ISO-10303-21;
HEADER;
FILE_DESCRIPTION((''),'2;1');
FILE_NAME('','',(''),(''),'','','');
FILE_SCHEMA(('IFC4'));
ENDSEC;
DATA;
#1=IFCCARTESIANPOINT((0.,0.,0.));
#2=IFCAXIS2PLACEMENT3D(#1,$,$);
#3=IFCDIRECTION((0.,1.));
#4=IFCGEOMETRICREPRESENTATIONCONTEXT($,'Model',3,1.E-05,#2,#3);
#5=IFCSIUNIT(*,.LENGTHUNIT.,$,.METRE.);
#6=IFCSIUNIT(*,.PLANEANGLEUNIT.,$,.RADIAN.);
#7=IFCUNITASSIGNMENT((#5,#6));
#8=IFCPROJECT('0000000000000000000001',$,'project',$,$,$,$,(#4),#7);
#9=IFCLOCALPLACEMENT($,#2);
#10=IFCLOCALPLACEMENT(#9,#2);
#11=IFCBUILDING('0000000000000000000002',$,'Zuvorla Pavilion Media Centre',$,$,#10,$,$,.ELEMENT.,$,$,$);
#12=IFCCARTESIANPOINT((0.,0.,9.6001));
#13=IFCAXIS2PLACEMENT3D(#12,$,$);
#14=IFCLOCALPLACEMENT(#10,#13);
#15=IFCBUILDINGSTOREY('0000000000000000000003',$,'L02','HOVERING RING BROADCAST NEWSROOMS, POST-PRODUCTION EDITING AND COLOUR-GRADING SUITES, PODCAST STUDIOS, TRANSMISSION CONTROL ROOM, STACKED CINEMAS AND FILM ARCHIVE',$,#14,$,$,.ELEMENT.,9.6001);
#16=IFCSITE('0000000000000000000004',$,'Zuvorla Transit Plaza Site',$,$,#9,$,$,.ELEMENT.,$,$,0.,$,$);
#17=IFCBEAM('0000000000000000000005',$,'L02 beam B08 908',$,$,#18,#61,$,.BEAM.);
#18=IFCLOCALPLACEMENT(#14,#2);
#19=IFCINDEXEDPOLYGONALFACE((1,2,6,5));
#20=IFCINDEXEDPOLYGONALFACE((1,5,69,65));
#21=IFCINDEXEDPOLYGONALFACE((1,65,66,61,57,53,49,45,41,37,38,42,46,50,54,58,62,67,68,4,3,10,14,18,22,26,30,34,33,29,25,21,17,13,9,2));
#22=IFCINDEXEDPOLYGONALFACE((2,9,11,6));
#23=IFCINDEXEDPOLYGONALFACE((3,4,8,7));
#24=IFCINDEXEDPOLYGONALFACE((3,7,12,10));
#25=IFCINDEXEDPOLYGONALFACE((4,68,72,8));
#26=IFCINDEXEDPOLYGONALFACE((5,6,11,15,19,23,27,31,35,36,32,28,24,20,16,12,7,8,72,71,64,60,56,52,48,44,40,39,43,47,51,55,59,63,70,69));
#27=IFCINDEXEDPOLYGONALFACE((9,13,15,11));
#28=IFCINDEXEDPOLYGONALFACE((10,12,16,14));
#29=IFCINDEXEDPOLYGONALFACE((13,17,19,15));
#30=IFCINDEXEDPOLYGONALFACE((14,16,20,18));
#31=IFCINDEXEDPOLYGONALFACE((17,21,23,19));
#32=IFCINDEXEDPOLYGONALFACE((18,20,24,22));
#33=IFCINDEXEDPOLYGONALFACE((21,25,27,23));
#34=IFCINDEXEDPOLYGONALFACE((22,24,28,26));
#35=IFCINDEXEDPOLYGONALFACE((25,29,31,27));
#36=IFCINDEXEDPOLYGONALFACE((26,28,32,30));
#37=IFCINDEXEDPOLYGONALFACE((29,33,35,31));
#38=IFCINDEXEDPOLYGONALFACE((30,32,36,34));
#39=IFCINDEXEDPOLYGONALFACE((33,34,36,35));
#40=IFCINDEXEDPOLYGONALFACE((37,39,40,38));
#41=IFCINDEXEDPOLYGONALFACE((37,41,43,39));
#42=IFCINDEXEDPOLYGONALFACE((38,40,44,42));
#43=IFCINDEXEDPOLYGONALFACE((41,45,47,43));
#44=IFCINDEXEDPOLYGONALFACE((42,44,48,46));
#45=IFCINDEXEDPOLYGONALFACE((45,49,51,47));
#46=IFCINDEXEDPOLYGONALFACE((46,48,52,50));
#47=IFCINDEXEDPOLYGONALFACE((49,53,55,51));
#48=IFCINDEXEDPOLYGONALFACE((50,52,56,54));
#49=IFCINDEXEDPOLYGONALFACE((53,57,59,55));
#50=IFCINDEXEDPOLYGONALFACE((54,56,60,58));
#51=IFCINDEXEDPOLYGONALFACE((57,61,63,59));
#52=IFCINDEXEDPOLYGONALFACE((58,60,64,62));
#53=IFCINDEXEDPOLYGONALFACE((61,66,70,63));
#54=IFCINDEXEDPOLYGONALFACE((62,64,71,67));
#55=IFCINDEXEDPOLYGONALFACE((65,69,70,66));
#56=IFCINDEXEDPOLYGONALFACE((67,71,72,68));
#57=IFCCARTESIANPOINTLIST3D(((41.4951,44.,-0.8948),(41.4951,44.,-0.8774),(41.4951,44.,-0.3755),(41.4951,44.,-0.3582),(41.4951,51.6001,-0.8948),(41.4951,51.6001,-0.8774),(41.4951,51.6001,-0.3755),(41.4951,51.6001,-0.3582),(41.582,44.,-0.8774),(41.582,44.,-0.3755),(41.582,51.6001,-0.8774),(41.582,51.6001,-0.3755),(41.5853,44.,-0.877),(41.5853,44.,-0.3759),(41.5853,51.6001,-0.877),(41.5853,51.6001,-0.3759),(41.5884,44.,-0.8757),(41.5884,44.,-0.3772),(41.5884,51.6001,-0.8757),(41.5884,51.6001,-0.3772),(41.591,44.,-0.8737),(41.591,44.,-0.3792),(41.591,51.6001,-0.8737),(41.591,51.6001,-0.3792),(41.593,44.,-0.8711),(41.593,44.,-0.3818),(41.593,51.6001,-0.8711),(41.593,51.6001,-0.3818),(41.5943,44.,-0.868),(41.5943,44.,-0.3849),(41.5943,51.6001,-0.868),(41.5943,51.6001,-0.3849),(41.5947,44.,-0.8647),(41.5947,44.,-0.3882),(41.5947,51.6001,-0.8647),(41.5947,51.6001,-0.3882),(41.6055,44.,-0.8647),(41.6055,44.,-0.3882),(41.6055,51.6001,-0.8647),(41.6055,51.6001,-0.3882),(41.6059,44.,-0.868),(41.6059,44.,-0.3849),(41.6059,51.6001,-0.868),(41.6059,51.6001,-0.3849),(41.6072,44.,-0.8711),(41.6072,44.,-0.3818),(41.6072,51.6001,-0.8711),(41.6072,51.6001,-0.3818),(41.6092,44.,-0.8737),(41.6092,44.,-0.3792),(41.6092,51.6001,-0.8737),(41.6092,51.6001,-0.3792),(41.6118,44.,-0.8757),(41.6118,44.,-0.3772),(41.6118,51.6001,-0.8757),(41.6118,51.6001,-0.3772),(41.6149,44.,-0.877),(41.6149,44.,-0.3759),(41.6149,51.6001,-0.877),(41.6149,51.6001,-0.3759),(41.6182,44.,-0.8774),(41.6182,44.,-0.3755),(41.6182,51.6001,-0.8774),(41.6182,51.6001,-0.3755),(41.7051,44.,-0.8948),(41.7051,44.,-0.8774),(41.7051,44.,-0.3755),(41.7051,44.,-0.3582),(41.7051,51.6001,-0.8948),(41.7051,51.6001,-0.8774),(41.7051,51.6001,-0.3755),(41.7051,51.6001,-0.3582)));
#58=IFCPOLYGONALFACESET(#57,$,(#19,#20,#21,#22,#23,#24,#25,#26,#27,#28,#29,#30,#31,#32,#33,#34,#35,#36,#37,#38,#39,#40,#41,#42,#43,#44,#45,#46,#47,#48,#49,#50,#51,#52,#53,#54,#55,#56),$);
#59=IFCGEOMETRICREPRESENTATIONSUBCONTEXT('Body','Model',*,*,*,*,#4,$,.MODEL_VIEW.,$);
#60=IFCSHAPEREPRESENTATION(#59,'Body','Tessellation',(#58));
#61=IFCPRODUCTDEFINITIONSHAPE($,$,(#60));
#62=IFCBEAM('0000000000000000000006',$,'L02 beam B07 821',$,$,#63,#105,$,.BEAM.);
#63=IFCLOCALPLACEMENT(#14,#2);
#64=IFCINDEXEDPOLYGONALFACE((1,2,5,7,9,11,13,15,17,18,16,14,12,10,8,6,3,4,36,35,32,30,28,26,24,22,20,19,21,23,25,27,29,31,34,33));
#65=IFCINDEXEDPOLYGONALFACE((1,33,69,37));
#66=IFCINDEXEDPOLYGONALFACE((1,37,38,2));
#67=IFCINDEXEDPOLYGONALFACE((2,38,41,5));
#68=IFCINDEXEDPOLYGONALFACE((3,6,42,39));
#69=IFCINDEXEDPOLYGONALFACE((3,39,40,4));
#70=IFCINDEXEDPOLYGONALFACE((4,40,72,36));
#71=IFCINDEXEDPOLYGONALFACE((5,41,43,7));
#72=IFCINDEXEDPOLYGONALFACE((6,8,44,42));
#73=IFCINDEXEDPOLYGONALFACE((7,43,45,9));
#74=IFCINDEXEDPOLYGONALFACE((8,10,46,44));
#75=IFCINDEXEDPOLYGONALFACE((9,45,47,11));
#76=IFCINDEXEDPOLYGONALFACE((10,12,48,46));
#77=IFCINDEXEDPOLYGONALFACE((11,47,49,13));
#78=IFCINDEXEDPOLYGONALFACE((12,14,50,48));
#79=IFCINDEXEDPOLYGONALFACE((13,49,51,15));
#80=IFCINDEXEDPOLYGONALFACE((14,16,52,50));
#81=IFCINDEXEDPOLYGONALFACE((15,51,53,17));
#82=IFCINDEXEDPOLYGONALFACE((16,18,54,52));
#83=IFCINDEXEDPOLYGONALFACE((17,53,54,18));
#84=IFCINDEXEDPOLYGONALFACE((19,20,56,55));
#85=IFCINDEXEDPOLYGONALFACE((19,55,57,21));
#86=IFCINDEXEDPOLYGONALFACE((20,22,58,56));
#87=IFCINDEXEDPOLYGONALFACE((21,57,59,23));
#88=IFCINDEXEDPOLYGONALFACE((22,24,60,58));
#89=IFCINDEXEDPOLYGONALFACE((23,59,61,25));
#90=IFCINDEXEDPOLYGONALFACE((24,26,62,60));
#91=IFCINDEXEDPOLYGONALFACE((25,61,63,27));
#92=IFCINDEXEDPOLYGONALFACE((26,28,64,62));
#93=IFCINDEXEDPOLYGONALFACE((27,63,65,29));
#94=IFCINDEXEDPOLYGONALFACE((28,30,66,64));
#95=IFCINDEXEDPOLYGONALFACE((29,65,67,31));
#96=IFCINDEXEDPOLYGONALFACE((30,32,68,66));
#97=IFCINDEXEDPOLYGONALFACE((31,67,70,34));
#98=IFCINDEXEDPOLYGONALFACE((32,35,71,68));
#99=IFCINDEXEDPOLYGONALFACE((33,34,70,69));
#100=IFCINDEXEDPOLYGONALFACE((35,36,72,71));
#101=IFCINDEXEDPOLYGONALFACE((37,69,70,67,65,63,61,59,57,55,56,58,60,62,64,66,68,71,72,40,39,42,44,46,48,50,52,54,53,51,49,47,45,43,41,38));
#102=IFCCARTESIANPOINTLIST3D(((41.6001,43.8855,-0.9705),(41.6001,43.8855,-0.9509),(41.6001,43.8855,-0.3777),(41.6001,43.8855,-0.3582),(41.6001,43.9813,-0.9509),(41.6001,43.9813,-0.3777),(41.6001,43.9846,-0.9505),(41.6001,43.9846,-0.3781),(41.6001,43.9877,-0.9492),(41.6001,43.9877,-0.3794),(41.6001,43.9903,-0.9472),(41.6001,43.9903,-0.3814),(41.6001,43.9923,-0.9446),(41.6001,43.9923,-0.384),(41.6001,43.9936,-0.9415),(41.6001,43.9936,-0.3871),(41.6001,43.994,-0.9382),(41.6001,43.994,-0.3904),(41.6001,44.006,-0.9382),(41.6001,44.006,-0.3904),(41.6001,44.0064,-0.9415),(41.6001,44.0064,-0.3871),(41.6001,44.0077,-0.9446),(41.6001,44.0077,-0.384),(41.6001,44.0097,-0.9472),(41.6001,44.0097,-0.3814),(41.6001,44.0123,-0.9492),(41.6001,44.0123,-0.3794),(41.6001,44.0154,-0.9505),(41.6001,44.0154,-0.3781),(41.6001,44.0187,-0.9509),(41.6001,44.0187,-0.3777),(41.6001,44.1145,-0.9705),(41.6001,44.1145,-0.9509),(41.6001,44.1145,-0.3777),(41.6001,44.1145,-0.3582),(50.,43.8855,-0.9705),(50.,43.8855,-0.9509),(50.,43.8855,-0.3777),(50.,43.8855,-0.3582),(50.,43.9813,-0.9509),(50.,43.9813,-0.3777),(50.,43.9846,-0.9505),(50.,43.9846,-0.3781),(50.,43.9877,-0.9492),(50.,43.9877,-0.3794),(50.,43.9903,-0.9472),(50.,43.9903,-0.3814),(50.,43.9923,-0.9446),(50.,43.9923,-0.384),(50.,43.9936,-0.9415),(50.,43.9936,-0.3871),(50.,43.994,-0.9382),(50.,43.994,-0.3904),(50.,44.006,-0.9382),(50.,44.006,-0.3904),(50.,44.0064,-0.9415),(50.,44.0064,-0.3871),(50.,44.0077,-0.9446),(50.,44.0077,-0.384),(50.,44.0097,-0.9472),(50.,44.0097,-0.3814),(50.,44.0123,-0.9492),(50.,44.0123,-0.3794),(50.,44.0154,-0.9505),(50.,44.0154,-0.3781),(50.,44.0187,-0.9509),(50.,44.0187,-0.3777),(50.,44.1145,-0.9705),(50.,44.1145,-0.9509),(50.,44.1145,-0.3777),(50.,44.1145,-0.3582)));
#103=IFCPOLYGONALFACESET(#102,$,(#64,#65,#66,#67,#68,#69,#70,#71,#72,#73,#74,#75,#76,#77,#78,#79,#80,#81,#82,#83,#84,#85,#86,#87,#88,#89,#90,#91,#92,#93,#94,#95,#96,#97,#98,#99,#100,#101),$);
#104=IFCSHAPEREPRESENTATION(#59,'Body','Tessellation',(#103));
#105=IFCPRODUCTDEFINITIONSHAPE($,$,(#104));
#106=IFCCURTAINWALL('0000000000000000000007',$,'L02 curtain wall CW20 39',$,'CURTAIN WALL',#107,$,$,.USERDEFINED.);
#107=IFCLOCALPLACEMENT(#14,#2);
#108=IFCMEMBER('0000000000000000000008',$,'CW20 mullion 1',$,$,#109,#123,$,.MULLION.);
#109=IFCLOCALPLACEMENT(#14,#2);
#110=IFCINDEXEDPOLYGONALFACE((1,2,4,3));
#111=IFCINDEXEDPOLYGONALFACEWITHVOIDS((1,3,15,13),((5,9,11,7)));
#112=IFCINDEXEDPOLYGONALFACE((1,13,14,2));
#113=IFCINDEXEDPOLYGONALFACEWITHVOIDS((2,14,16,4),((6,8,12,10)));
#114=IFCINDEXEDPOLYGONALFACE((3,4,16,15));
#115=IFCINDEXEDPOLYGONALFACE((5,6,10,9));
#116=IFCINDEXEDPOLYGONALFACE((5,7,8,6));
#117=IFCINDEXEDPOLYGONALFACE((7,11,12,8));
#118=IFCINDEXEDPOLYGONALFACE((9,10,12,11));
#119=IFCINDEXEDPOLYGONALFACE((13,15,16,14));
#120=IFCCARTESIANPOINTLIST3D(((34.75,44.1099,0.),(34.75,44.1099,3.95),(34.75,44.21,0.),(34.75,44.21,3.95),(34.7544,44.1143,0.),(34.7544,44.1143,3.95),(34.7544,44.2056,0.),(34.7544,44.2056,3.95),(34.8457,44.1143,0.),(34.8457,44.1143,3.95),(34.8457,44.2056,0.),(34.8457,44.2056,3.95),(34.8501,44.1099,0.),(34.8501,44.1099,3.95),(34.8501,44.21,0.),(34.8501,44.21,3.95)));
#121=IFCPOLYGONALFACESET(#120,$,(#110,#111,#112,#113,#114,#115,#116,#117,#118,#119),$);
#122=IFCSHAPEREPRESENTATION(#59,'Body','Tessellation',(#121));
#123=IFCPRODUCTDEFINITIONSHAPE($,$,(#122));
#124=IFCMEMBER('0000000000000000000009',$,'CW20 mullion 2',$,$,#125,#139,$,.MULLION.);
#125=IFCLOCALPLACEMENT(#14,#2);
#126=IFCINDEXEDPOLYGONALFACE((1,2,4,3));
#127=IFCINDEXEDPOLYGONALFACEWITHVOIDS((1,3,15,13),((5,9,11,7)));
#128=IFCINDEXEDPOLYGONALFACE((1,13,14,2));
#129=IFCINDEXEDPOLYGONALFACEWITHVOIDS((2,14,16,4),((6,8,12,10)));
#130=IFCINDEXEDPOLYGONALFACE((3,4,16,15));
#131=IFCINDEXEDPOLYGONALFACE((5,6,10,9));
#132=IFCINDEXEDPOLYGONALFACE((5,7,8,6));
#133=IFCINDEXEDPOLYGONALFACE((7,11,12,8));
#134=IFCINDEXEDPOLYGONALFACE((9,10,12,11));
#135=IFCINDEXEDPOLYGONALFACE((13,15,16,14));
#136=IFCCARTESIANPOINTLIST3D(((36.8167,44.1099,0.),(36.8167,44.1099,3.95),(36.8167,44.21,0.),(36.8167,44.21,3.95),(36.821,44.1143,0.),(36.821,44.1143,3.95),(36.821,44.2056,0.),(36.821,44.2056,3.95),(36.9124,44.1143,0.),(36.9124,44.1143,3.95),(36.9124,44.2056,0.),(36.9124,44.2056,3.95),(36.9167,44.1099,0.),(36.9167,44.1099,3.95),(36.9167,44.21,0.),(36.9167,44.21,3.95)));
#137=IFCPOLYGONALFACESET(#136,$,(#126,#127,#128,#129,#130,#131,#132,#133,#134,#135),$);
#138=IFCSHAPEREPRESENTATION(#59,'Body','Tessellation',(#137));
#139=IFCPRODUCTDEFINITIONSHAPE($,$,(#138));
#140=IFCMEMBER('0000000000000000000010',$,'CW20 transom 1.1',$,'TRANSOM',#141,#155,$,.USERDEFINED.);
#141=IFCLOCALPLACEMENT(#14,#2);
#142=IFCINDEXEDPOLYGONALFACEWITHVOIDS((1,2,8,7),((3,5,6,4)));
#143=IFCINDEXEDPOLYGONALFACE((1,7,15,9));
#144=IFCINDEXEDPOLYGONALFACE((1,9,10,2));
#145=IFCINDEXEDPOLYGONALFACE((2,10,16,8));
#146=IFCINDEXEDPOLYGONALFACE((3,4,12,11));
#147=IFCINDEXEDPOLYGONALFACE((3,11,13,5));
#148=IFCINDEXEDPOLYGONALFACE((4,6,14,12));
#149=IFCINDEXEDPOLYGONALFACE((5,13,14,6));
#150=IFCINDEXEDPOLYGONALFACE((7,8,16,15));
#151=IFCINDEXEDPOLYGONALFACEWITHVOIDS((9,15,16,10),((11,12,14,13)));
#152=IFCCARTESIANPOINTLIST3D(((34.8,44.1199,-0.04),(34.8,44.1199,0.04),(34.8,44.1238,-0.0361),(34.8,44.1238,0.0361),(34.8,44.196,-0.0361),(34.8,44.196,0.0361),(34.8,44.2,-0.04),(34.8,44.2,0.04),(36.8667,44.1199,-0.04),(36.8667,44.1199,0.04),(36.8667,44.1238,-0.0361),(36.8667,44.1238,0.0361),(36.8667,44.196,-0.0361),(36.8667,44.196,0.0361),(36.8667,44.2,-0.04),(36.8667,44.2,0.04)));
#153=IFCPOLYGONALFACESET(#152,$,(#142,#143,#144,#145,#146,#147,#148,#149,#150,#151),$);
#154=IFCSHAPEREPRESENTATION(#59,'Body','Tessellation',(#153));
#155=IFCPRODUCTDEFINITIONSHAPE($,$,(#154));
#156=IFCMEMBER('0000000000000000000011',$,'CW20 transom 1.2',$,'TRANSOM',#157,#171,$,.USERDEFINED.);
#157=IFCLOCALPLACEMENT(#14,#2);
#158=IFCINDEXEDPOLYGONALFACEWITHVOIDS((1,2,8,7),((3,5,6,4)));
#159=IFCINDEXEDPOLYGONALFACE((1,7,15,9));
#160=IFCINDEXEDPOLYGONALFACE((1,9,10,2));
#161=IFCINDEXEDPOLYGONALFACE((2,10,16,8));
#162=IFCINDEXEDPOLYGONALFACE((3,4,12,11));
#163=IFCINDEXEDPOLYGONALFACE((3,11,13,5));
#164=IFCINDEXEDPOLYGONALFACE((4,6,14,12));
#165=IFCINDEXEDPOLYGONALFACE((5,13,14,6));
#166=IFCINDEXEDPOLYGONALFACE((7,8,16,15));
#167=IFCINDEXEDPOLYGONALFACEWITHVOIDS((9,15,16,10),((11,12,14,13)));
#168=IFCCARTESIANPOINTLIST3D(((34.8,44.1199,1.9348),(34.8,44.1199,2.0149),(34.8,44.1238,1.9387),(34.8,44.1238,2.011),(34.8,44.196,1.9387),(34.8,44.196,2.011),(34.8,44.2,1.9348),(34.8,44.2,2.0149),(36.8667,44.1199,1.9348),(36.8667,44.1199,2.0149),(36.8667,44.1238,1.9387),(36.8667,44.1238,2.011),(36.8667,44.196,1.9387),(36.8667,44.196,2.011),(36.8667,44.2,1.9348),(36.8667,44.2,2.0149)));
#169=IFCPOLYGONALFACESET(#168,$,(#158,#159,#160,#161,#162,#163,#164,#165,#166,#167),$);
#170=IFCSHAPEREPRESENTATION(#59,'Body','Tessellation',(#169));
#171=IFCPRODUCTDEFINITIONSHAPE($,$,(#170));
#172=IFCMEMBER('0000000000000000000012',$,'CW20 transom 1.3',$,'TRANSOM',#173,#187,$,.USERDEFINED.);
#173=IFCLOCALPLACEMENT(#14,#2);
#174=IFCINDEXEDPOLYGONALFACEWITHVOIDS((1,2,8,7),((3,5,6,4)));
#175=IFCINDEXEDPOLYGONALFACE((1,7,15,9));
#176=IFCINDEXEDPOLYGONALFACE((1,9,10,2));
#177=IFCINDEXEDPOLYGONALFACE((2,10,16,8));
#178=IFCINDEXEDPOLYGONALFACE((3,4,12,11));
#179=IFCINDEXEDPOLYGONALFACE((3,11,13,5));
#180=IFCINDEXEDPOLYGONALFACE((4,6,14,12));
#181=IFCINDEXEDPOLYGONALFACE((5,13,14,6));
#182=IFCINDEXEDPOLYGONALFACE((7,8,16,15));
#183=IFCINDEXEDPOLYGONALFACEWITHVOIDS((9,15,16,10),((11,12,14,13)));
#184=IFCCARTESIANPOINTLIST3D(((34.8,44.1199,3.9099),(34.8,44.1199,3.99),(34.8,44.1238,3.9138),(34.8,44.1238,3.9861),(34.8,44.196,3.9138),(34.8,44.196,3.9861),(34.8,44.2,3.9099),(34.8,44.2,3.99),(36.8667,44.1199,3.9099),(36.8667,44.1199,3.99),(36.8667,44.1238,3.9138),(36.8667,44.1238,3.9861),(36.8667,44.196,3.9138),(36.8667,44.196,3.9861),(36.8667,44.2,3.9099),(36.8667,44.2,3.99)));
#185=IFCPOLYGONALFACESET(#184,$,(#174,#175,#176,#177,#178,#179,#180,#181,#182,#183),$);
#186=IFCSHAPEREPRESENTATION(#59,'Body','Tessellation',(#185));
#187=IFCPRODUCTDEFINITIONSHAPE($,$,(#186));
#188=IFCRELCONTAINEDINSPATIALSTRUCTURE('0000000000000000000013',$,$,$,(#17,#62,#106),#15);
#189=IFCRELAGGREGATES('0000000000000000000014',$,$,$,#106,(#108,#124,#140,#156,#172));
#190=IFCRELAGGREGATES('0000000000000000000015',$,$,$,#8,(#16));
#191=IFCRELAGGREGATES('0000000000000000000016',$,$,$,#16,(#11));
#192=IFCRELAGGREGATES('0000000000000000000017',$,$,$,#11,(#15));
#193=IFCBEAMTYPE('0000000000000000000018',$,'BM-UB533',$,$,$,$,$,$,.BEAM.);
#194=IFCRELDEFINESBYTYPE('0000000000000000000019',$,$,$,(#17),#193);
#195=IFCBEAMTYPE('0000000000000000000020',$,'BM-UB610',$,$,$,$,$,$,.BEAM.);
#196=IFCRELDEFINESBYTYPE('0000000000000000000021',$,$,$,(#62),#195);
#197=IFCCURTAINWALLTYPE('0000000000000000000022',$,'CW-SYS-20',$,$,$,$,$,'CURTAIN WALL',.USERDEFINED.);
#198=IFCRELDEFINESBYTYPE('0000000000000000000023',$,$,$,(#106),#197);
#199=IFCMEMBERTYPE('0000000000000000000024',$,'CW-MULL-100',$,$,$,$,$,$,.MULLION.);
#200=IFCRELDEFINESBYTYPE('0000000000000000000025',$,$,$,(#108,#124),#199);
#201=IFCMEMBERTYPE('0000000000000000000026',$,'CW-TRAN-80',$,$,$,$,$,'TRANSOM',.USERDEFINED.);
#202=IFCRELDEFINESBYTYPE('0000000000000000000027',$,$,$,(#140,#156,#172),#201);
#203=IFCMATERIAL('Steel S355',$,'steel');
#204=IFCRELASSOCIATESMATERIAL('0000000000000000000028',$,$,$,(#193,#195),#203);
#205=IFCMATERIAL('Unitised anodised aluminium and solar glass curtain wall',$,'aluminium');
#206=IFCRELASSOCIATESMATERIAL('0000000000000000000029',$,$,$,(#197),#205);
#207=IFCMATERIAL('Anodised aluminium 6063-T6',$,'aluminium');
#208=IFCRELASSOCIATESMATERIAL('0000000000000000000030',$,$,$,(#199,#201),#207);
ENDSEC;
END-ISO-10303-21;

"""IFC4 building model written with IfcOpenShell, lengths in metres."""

from ifc_helpers import new_model, si_unit, direction, frame, origin, origin_2d, place, context, subcontext, project, spatial, hollow_rectangle, i_section, extrude, material, material_profile, profile_set, type_object, element, aggregate, save


model = new_model("IFC4")

# Units and contexts
model_context = context("Model", 3, precision=1e-05, world=origin(), true_north=direction((0.0, 1.0)))
body_context = subcontext(model_context, "Body", "Model", "MODEL_VIEW")
ifc_project = project(units=[si_unit("LENGTHUNIT", "METRE"), si_unit("PLANEANGLEUNIT", "RADIAN")], contexts=[model_context])

# Site, building, storey
site_placement = place(None, origin())
site = spatial("IfcSite", under=ifc_project, at=site_placement, Name="Zuvorla Transit Plaza Site", CompositionType="ELEMENT", RefElevation=0.0)
building_placement = place(site_placement, origin())
building = spatial("IfcBuilding", under=site, at=building_placement, Name="Zuvorla Pavilion Media Centre", CompositionType="ELEMENT")
storey_placement = place(building_placement, frame((0.0, 0.0, 9.6001)))
storey = spatial("IfcBuildingStorey", under=building, at=storey_placement, Name="L02", Description="HOVERING RING BROADCAST NEWSROOMS, POST-PRODUCTION EDITING AND COLOUR-GRADING SUITES, PODCAST STUDIOS, TRANSMISSION CONTROL ROOM, STACKED CINEMAS AND FILM ARCHIVE", CompositionType="ELEMENT", Elevation=9.6001)

# Shared definitions
ifc_material_1 = material(Name="Steel S355", Category="steel")

# Beams
ifc_material_profile_1 = material_profile(ifc_material_1, i_section(OverallWidth=0.21, OverallDepth=0.5366, WebThickness=0.0107, FlangeThickness=0.0173, FilletRadius=0.0127, at=origin_2d()), Name="UB 533x210x101")
ifc_profile_set_1 = profile_set([ifc_material_profile_1], Name="Steel S355")
beam_type_1 = type_object("IfcBeamType", Name="BM-UB533", PredefinedType="BEAM", material=ifc_profile_set_1)
for number, where, z_axis, x_axis, name in (
    (1, (41.6001, 44.0, -0.6265), (0.0, 1.0, 0.0), (-1.0, 0.0, 0.0), "L02 beam B08 908"),
):
    element("IfcBeam", number, at=place(storey_placement, frame(where, z_axis=z_axis, x_axis=x_axis)), inside=storey, type_object=beam_type_1, Name=name, PredefinedType="BEAM", context=body_context, shape_type="SweptSolid", body=[
        extrude(i_section(OverallWidth=0.21, OverallDepth=0.5366, WebThickness=0.0107, FlangeThickness=0.0173, FilletRadius=0.0127, at=origin_2d()), origin(), (0.0, 0.0, 1.0), 7.6001),
    ])
ifc_material_profile_2 = material_profile(ifc_material_1, i_section(OverallWidth=0.229, OverallDepth=0.6123, WebThickness=0.012, FlangeThickness=0.0195, FilletRadius=0.0127, at=origin_2d()), Name="UB 610x229x125")
ifc_profile_set_2 = profile_set([ifc_material_profile_2], Name="Steel S355")
beam_type_2 = type_object("IfcBeamType", Name="BM-UB610", PredefinedType="BEAM", material=ifc_profile_set_2)
beam_1_placement = place(storey_placement, frame((41.6001, 44.0, -0.6643), z_axis=(1.0, 0.0, 0.0), x_axis=(0.0, 1.0, 0.0)))
element("IfcBeam", 2, at=beam_1_placement, inside=storey, type_object=beam_type_2, Name="L02 beam B07 821", PredefinedType="BEAM", context=body_context, shape_type="SweptSolid", body=[
    extrude(i_section(OverallWidth=0.229, OverallDepth=0.6123, WebThickness=0.012, FlangeThickness=0.0195, FilletRadius=0.0127, at=origin_2d()), origin(), (0.0, 0.0, 1.0), 8.3999),
])

# Curtain wall, members
ifc_material_2 = material(Name="Unitised anodised aluminium and solar glass curtain wall", Category="aluminium")
curtain_wall_type = type_object("IfcCurtainWallType", Name="CW-SYS-20", ElementType="CURTAIN WALL", PredefinedType="USERDEFINED", material=ifc_material_2)
curtain_wall_placement = place(storey_placement, origin())
curtain_wall = element("IfcCurtainWall", 3, at=curtain_wall_placement, inside=storey, type_object=curtain_wall_type, Name="L02 curtain wall CW20 39", ObjectType="CURTAIN WALL", PredefinedType="USERDEFINED")
ifc_material_3 = material(Name="Anodised aluminium 6063-T6", Category="aluminium")
ifc_material_profile_3 = material_profile(ifc_material_3, hollow_rectangle(XDim=0.1001, YDim=0.1001, WallThickness=0.0044, at=origin_2d()), Name="ALU MULL 100x100")
ifc_profile_set_3 = profile_set([ifc_material_profile_3], Name="Anodised aluminium 6063-T6")
member_type_1 = type_object("IfcMemberType", Name="CW-MULL-100", PredefinedType="MULLION", material=ifc_profile_set_3)
member_1_placement = place(storey_placement, frame((34.8, 44.1599, 0.0), z_axis=(0.0, 0.0, 1.0), x_axis=(1.0, 0.0, 0.0)))
member_1 = element("IfcMember", 4, at=member_1_placement, type_object=member_type_1, Name="CW20 mullion 1", PredefinedType="MULLION", context=body_context, shape_type="SweptSolid", body=[
    extrude(hollow_rectangle(XDim=0.1001, YDim=0.1001, WallThickness=0.0044, at=origin_2d()), origin(), (0.0, 0.0, 1.0), 3.95),
])
member_2_placement = place(storey_placement, frame((36.8667, 44.1599, 0.0), z_axis=(0.0, 0.0, 1.0), x_axis=(1.0, 0.0, 0.0)))
member_2 = element("IfcMember", 5, at=member_2_placement, type_object=member_type_1, Name="CW20 mullion 2", PredefinedType="MULLION", context=body_context, shape_type="SweptSolid", body=[
    extrude(hollow_rectangle(XDim=0.1001, YDim=0.1001, WallThickness=0.0044, at=origin_2d()), origin(), (0.0, 0.0, 1.0), 3.95),
])
ifc_material_profile_4 = material_profile(ifc_material_3, hollow_rectangle(XDim=0.0801, YDim=0.0801, WallThickness=0.0039, at=origin_2d()), Name="ALU TRAN 80x80")
ifc_profile_set_4 = profile_set([ifc_material_profile_4], Name="Anodised aluminium 6063-T6")
member_type_2 = type_object("IfcMemberType", Name="CW-TRAN-80", ElementType="TRANSOM", PredefinedType="USERDEFINED", material=ifc_profile_set_4)
member_3_placement = place(storey_placement, frame((34.8, 44.1599, 0.0), z_axis=(1.0, 0.0, 0.0), x_axis=(0.0, 1.0, 0.0)))
member_3 = element("IfcMember", 6, at=member_3_placement, type_object=member_type_2, Name="CW20 transom 1.1", ObjectType="TRANSOM", PredefinedType="USERDEFINED", context=body_context, shape_type="SweptSolid", body=[
    extrude(hollow_rectangle(XDim=0.0801, YDim=0.0801, WallThickness=0.0039, at=origin_2d()), origin(), (0.0, 0.0, 1.0), 2.0667),
])
member_4_placement = place(storey_placement, frame((34.8, 44.1599, 1.9749), z_axis=(1.0, 0.0, 0.0), x_axis=(0.0, 1.0, 0.0)))
member_4 = element("IfcMember", 7, at=member_4_placement, type_object=member_type_2, Name="CW20 transom 1.2", ObjectType="TRANSOM", PredefinedType="USERDEFINED", context=body_context, shape_type="SweptSolid", body=[
    extrude(hollow_rectangle(XDim=0.0801, YDim=0.0801, WallThickness=0.0039, at=origin_2d()), origin(), (0.0, 0.0, 1.0), 2.0667),
])
member_5_placement = place(storey_placement, frame((34.8, 44.1599, 3.95), z_axis=(1.0, 0.0, 0.0), x_axis=(0.0, 1.0, 0.0)))
member_5 = element("IfcMember", 8, at=member_5_placement, type_object=member_type_2, Name="CW20 transom 1.3", ObjectType="TRANSOM", PredefinedType="USERDEFINED", context=body_context, shape_type="SweptSolid", body=[
    extrude(hollow_rectangle(XDim=0.0801, YDim=0.0801, WallThickness=0.0039, at=origin_2d()), origin(), (0.0, 0.0, 1.0), 2.0667),
])
aggregate(curtain_wall, [member_1, member_2, member_3, member_4, member_5])

save(model, "model.ifc")
